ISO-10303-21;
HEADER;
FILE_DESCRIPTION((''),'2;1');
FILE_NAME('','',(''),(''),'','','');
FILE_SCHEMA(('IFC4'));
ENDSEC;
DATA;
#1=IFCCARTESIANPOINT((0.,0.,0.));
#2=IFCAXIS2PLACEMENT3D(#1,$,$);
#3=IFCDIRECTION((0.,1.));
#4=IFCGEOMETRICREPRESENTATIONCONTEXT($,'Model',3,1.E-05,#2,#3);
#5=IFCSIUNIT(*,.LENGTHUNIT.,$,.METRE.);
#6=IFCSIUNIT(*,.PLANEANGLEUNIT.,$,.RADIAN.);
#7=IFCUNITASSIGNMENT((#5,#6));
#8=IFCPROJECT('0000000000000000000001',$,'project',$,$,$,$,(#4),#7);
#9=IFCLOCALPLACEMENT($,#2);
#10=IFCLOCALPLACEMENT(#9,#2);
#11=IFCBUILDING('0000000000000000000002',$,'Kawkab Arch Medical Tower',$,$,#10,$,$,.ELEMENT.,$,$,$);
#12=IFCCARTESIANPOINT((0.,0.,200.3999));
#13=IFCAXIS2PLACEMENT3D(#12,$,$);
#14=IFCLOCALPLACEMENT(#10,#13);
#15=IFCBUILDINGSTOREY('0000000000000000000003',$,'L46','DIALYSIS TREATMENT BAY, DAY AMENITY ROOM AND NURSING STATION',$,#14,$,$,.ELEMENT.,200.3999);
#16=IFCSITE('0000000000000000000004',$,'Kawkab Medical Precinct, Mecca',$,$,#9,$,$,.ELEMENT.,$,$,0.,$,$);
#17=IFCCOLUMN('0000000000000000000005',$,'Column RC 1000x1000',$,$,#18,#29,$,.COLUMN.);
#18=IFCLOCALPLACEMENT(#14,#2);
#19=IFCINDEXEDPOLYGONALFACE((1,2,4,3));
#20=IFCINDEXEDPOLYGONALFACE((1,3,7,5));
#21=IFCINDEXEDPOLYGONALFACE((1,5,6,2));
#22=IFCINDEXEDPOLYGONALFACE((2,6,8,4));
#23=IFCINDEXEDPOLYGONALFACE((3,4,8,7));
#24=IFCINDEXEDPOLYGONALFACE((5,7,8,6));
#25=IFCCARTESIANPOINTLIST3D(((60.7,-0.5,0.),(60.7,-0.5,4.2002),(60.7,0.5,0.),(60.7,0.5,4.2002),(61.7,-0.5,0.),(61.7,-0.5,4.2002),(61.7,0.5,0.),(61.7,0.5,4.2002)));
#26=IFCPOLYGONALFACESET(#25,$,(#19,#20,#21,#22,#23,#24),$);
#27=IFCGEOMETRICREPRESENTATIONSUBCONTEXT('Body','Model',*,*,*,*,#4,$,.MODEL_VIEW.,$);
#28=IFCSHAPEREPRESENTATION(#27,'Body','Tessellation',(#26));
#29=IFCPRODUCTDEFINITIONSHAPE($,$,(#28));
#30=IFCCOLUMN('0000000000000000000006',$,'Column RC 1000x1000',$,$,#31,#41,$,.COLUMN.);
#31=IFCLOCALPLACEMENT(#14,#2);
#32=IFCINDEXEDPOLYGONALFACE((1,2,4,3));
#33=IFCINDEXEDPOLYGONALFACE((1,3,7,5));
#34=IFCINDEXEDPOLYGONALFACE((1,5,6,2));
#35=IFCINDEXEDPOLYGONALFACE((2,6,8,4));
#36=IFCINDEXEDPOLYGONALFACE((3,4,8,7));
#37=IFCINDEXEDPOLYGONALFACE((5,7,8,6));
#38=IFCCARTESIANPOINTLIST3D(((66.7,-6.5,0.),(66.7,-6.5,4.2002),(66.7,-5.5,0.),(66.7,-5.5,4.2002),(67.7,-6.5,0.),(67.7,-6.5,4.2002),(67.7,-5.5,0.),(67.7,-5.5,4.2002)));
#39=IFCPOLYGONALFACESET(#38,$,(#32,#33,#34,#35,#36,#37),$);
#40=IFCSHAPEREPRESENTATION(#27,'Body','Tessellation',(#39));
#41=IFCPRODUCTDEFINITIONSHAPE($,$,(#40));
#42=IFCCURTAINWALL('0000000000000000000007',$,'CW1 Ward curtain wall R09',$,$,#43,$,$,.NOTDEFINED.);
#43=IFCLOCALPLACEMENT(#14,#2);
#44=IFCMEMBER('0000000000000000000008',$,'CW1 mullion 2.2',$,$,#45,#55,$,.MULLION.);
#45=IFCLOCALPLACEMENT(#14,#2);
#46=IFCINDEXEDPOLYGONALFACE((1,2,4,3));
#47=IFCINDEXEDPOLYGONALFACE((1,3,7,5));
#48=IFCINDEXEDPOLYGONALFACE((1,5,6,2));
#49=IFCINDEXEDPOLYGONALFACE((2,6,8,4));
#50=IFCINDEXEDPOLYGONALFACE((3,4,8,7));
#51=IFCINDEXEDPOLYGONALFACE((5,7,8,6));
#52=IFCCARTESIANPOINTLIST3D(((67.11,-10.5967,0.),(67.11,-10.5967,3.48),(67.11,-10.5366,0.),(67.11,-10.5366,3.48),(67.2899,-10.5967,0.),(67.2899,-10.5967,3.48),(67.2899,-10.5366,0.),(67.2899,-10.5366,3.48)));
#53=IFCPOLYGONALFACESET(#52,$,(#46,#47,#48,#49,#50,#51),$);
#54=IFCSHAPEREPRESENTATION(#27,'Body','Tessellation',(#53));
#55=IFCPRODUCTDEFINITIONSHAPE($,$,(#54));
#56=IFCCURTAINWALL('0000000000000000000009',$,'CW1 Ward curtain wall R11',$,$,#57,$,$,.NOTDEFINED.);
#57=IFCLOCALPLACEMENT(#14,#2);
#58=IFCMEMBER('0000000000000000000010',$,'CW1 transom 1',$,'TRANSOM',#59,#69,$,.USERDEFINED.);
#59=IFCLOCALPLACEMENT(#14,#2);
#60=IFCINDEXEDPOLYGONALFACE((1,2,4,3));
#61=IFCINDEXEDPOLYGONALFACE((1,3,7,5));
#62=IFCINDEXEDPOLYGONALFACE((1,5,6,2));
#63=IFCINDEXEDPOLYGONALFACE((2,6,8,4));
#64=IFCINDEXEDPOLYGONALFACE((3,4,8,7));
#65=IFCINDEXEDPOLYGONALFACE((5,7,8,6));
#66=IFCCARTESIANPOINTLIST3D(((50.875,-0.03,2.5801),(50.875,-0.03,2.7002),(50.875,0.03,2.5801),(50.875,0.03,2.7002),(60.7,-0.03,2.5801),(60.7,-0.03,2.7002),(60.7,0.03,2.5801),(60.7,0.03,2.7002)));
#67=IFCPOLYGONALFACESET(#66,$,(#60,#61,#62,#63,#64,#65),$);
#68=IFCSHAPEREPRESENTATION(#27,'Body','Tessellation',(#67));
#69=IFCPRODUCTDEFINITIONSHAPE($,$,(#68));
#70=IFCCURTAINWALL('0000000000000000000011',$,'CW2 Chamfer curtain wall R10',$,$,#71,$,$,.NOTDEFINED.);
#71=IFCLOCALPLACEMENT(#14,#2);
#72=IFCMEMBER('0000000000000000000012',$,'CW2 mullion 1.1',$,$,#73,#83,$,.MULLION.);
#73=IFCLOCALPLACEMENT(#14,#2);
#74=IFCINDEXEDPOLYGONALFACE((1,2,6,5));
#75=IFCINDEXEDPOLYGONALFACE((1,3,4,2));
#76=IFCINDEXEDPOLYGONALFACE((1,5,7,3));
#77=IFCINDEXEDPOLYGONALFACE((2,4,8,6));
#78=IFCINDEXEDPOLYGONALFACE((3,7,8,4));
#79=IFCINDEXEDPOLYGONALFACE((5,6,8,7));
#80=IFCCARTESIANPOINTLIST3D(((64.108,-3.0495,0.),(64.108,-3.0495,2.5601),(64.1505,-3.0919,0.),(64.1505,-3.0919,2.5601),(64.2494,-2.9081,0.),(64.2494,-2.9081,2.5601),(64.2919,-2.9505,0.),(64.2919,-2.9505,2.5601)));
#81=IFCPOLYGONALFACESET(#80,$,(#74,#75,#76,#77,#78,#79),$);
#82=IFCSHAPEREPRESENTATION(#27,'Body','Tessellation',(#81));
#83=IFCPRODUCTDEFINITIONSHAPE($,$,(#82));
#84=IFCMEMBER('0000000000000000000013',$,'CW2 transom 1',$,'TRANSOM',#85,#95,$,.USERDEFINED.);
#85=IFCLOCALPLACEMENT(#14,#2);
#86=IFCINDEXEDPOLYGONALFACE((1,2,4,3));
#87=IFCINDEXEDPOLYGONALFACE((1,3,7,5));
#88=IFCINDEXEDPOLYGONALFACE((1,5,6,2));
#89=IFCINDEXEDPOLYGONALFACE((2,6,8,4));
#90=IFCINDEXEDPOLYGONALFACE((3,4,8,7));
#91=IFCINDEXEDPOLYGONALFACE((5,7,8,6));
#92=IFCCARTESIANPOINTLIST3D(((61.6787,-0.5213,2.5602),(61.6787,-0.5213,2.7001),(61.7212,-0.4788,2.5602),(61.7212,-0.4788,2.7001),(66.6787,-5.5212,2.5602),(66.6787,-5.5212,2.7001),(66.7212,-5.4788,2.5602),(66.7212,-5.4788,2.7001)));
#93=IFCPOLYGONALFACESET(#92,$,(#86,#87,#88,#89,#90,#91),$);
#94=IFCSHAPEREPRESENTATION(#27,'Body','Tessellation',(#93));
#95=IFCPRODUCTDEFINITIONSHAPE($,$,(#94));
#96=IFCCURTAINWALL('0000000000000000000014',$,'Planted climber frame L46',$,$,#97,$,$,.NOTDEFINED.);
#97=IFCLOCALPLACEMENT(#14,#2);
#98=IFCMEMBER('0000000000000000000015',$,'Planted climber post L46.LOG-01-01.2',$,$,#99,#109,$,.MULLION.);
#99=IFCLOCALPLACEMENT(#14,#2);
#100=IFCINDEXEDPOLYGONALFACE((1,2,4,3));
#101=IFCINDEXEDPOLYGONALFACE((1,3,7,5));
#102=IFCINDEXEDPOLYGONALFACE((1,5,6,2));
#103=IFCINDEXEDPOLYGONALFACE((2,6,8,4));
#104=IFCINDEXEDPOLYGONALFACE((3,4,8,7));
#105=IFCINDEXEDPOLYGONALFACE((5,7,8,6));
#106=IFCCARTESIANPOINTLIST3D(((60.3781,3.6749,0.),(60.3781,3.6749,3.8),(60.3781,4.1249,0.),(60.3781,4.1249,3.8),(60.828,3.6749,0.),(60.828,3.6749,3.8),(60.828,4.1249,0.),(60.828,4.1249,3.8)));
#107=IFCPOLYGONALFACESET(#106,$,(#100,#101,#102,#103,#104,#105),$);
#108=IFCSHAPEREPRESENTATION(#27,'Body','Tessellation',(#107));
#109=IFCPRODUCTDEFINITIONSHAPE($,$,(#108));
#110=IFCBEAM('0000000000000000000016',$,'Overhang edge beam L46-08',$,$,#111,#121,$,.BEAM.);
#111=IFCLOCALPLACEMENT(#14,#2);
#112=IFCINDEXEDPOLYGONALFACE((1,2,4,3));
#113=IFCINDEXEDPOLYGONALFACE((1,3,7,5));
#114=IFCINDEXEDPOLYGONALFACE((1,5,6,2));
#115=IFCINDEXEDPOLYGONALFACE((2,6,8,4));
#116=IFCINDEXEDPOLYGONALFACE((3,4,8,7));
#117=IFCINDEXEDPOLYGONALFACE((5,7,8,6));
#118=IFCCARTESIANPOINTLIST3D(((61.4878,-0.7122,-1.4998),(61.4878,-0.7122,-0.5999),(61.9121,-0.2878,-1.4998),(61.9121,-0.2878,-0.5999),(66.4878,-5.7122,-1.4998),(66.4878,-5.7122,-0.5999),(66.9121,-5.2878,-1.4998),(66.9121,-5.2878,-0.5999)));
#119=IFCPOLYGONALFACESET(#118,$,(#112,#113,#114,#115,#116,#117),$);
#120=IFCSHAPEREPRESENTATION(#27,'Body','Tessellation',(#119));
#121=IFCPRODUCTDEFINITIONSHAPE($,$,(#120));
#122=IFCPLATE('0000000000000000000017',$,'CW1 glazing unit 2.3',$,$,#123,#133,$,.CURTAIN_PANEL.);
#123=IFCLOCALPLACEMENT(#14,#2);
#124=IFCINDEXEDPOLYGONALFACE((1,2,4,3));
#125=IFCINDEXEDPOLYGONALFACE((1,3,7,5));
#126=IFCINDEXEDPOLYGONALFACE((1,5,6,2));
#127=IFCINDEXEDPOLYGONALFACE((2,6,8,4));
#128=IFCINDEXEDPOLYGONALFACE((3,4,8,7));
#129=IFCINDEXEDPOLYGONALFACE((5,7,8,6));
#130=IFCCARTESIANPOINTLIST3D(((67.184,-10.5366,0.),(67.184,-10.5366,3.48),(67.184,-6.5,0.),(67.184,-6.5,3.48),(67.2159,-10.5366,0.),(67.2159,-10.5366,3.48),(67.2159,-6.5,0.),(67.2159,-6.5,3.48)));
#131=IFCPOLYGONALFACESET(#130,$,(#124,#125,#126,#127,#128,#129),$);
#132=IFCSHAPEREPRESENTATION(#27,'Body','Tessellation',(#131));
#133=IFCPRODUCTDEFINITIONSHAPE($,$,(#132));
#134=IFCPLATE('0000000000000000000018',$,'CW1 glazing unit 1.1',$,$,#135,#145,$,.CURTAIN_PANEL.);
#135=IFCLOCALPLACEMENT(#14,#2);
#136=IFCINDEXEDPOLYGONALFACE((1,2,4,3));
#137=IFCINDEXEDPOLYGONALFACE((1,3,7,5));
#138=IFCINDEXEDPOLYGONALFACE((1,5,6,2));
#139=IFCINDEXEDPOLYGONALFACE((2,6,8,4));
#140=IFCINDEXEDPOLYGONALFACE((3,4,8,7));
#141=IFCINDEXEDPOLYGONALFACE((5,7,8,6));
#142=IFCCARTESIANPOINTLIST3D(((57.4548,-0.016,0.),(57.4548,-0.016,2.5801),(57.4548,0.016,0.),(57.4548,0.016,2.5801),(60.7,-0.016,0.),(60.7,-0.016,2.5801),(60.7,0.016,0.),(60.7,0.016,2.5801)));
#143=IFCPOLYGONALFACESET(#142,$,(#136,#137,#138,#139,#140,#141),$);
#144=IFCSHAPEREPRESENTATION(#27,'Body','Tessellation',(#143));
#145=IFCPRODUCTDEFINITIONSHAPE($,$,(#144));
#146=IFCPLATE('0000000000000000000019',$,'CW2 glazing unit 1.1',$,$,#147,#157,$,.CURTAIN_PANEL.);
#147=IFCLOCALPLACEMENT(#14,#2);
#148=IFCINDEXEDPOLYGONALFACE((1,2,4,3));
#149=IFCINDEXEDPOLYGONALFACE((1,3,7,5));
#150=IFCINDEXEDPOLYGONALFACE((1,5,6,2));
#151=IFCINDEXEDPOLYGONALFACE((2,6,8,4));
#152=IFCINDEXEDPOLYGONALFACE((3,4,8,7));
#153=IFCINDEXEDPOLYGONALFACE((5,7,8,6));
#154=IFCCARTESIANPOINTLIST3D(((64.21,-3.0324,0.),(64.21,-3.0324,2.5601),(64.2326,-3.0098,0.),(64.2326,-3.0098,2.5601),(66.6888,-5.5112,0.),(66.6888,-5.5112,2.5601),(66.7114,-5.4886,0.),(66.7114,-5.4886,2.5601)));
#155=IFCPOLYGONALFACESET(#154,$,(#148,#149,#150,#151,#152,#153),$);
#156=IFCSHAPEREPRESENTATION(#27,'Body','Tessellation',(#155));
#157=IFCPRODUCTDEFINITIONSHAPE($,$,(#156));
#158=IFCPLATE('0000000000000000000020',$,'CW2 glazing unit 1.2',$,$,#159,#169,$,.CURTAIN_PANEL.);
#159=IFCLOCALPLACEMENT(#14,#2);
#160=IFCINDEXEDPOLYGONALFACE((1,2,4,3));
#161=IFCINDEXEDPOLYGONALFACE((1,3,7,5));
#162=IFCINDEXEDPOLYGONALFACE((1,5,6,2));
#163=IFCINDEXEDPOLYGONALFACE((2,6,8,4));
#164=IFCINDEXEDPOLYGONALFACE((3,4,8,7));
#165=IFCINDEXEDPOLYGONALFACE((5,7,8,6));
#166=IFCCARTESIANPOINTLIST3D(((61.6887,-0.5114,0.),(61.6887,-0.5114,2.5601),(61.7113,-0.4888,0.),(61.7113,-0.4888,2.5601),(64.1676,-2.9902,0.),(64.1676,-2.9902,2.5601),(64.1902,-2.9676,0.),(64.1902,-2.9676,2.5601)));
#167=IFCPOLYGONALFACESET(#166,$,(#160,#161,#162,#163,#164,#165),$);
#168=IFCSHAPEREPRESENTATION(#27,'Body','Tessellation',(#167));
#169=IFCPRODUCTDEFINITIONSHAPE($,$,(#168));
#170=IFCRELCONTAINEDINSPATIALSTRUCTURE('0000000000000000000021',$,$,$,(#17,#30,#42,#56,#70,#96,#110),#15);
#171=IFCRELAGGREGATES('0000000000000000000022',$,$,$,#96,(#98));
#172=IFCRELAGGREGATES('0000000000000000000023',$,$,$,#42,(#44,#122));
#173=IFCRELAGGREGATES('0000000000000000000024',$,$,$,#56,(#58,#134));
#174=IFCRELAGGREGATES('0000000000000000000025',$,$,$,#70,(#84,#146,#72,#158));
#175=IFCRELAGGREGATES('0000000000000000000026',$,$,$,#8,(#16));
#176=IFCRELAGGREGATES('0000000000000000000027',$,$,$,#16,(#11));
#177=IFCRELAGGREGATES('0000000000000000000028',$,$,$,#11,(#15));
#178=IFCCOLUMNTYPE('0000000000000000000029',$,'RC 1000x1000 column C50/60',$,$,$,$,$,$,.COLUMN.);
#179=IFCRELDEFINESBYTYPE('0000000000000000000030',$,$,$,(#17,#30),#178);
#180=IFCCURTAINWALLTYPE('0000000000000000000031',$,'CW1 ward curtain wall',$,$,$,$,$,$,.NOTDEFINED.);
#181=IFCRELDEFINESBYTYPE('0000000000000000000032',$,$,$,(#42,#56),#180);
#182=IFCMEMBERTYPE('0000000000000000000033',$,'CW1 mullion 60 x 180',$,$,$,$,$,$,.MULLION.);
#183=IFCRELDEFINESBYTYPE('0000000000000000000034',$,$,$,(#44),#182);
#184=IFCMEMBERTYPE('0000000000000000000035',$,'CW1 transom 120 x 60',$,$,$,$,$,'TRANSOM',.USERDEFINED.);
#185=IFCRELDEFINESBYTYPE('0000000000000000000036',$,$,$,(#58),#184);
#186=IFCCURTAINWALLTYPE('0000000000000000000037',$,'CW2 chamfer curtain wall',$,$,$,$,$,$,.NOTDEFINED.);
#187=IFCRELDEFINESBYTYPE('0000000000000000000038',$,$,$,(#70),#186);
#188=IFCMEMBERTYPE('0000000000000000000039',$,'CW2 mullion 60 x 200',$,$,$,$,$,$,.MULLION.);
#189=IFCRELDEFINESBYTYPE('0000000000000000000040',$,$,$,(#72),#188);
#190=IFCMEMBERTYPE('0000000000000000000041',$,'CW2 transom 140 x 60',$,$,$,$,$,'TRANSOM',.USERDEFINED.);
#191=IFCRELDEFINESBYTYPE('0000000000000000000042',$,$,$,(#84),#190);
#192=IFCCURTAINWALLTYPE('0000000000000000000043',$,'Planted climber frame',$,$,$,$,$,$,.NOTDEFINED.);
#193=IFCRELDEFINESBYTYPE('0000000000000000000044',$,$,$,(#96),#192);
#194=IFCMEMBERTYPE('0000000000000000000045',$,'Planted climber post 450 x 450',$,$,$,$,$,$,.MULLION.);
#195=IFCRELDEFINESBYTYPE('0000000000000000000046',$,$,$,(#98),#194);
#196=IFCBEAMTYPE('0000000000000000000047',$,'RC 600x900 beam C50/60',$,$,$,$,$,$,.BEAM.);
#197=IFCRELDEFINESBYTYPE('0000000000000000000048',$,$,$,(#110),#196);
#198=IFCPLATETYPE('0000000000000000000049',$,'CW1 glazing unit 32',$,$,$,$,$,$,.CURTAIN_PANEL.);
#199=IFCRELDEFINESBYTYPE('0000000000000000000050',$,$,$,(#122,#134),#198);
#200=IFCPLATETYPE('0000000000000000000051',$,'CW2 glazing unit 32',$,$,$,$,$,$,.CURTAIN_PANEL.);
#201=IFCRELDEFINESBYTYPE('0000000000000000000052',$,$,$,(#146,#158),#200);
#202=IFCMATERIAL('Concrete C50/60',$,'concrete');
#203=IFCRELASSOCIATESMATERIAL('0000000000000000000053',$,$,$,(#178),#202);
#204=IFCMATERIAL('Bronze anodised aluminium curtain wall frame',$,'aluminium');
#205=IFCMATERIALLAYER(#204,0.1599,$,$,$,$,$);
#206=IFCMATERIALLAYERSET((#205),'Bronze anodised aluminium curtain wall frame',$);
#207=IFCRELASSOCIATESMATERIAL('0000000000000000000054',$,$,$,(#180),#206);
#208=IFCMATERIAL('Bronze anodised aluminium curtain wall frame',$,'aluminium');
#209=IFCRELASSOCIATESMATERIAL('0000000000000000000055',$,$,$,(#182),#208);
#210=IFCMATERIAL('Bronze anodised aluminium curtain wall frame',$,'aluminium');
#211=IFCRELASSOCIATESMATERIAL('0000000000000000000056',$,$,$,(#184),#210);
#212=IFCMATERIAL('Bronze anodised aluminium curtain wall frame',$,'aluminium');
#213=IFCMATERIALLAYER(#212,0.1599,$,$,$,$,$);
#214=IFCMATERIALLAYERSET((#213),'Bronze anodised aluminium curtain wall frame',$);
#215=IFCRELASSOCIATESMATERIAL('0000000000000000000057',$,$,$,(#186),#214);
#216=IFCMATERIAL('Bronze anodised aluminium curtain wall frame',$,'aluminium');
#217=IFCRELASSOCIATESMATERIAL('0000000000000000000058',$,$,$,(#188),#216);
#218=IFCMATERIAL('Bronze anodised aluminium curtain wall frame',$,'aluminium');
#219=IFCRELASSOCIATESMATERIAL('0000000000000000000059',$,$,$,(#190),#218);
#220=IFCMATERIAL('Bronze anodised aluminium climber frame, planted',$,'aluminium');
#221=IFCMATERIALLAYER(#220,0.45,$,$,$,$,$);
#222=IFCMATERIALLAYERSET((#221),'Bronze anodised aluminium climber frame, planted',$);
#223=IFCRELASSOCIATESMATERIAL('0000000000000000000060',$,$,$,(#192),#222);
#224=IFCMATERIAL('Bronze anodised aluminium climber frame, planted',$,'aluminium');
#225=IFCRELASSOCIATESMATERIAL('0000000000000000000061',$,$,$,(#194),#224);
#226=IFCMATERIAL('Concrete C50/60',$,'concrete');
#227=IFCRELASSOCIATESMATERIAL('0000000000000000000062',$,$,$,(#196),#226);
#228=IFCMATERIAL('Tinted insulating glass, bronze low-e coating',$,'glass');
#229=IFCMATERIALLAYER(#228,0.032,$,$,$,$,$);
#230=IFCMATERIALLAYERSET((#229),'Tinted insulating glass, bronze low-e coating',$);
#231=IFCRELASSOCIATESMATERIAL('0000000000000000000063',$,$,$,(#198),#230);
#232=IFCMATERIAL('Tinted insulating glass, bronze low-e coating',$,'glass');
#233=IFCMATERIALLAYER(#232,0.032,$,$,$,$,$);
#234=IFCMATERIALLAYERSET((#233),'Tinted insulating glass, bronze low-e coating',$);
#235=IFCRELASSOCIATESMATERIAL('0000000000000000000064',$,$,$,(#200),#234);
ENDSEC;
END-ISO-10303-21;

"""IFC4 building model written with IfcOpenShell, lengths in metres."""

from ifc_helpers import new_model, si_unit, direction, frame, origin, origin_2d, place, context, subcontext, project, spatial, rectangle, extrude, material, layer, layer_set, material_profile, profile_set, type_object, element, aggregate, save


model = new_model("IFC4")

# Units and contexts
model_context = context("Model", 3, precision=1e-05, world=origin(), true_north=direction((0.0, 1.0)))
body_context = subcontext(model_context, "Body", "Model", "MODEL_VIEW")
ifc_project = project(units=[si_unit("LENGTHUNIT", "METRE"), si_unit("PLANEANGLEUNIT", "RADIAN")], contexts=[model_context])

# Site, building, storey
site_placement = place(None, origin())
site = spatial("IfcSite", under=ifc_project, at=site_placement, Name="Kawkab Medical Precinct, Mecca", CompositionType="ELEMENT", RefElevation=0.0)
building_placement = place(site_placement, origin())
building = spatial("IfcBuilding", under=site, at=building_placement, Name="Kawkab Arch Medical Tower", CompositionType="ELEMENT")
storey_placement = place(building_placement, frame((0.0, 0.0, 200.3999)))
storey = spatial("IfcBuildingStorey", under=building, at=storey_placement, Name="L46", Description="DIALYSIS TREATMENT BAY, DAY AMENITY ROOM AND NURSING STATION", CompositionType="ELEMENT", Elevation=200.3999)

# Columns
ifc_material_1 = material(Name="Concrete C50/60", Category="concrete")
ifc_material_profile_1 = material_profile(ifc_material_1, rectangle(XDim=1.0, YDim=1.0, at=origin_2d()), Name="RC 1000x1000")
ifc_profile_set_1 = profile_set([ifc_material_profile_1], Name="Concrete C50/60")
column_type = type_object("IfcColumnType", Name="RC 1000x1000 column C50/60", PredefinedType="COLUMN", material=ifc_profile_set_1)
for number, where, z_axis, x_axis, name in (
    (1, (61.2, 0.0, 0.0), (0.0, 0.0, 1.0), (1.0, 0.0, 0.0), "Column RC 1000x1000"),
    (2, (67.2, -6.0, 0.0), (0.0, 0.0, 1.0), (1.0, 0.0, 0.0), "Column RC 1000x1000"),
):
    element("IfcColumn", number, at=place(storey_placement, frame(where, z_axis=z_axis, x_axis=x_axis)), inside=storey, type_object=column_type, Name=name, PredefinedType="COLUMN", context=body_context, shape_type="SweptSolid", body=[
        extrude(rectangle(XDim=1.0, YDim=1.0, at=origin_2d()), origin(), (0.0, 0.0, 1.0), 4.2002),
    ])

# Curtain walls, members
ifc_material_2 = material(Name="Bronze anodised aluminium curtain wall frame", Category="aluminium")
ifc_layer_1 = layer(ifc_material_2, 0.1599)
ifc_layer_set_1 = layer_set([ifc_layer_1], Name="Bronze anodised aluminium curtain wall frame")
curtain_wall_type_1 = type_object("IfcCurtainWallType", Name="CW1 ward curtain wall", PredefinedType="NOTDEFINED", material=ifc_layer_set_1)
placement = place(storey_placement, origin())
curtain_wall_1 = element("IfcCurtainWall", 3, at=placement, inside=storey, type_object=curtain_wall_type_1, Name="CW1 Ward curtain wall R09", PredefinedType="NOTDEFINED")
ifc_material_3 = material(Name="Bronze anodised aluminium curtain wall frame", Category="aluminium")
ifc_material_profile_2 = material_profile(ifc_material_3, rectangle(XDim=0.1799, YDim=0.0601, at=origin_2d()), Name="AL 60x180")
ifc_profile_set_2 = profile_set([ifc_material_profile_2], Name="Bronze anodised aluminium curtain wall frame")
member_type_1 = type_object("IfcMemberType", Name="CW1 mullion 60 x 180", PredefinedType="MULLION", material=ifc_profile_set_2)
member_1_placement = place(storey_placement, frame((67.2, -10.5667, 0.0), z_axis=(0.0, 0.0, 1.0), x_axis=(-1.0, 0.0, 0.0)))
member_1 = element("IfcMember", 4, at=member_1_placement, type_object=member_type_1, Name="CW1 mullion 2.2", PredefinedType="MULLION", context=body_context, shape_type="SweptSolid", body=[
    extrude(rectangle(XDim=0.1799, YDim=0.0601, at=origin_2d()), origin(), (0.0, 0.0, 1.0), 3.48),
])
curtain_wall_2 = element("IfcCurtainWall", 5, at=placement, inside=storey, type_object=curtain_wall_type_1, Name="CW1 Ward curtain wall R11", PredefinedType="NOTDEFINED")
ifc_material_4 = material(Name="Bronze anodised aluminium curtain wall frame", Category="aluminium")
ifc_material_profile_3 = material_profile(ifc_material_4, rectangle(XDim=0.0601, YDim=0.1201, at=origin_2d()), Name="AL 60x120")
ifc_profile_set_3 = profile_set([ifc_material_profile_3], Name="Bronze anodised aluminium curtain wall frame")
member_type_2 = type_object("IfcMemberType", Name="CW1 transom 120 x 60", ElementType="TRANSOM", PredefinedType="USERDEFINED", material=ifc_profile_set_3)
member_2_placement = place(storey_placement, frame((60.7, 0.0, 2.6401), z_axis=(-1.0, 0.0, 0.0), x_axis=(0.0, -1.0, 0.0)))
member_2 = element("IfcMember", 6, at=member_2_placement, type_object=member_type_2, Name="CW1 transom 1", ObjectType="TRANSOM", PredefinedType="USERDEFINED", context=body_context, shape_type="SweptSolid", body=[
    extrude(rectangle(XDim=0.0601, YDim=0.1201, at=origin_2d()), origin(), (0.0, 0.0, 1.0), 9.825),
])

# Curtain wall, members
ifc_material_5 = material(Name="Bronze anodised aluminium curtain wall frame", Category="aluminium")
ifc_layer_2 = layer(ifc_material_5, 0.1599)
ifc_layer_set_2 = layer_set([ifc_layer_2], Name="Bronze anodised aluminium curtain wall frame")
curtain_wall_type_2 = type_object("IfcCurtainWallType", Name="CW2 chamfer curtain wall", PredefinedType="NOTDEFINED", material=ifc_layer_set_2)
curtain_wall_3 = element("IfcCurtainWall", 7, at=placement, inside=storey, type_object=curtain_wall_type_2, Name="CW2 Chamfer curtain wall R10", PredefinedType="NOTDEFINED")
ifc_material_6 = material(Name="Bronze anodised aluminium curtain wall frame", Category="aluminium")
ifc_material_profile_4 = material_profile(ifc_material_6, rectangle(XDim=0.2, YDim=0.0601, at=origin_2d()), Name="AL 60x200")
ifc_profile_set_4 = profile_set([ifc_material_profile_4], Name="Bronze anodised aluminium curtain wall frame")
member_type_3 = type_object("IfcMemberType", Name="CW2 mullion 60 x 200", PredefinedType="MULLION", material=ifc_profile_set_4)
member_3_placement = place(storey_placement, frame((64.2, -3.0, 0.0), z_axis=(0.0, 0.0, 1.0), x_axis=(-0.707107, -0.707107, 0.0)))
member_3 = element("IfcMember", 8, at=member_3_placement, type_object=member_type_3, Name="CW2 mullion 1.1", PredefinedType="MULLION", context=body_context, shape_type="SweptSolid", body=[
    extrude(rectangle(XDim=0.2, YDim=0.0601, at=origin_2d()), origin(), (0.0, 0.0, 1.0), 2.5601),
])
ifc_material_7 = material(Name="Bronze anodised aluminium curtain wall frame", Category="aluminium")
ifc_material_profile_5 = material_profile(ifc_material_7, rectangle(XDim=0.0601, YDim=0.1399, at=origin_2d()), Name="AL 60x140")
ifc_profile_set_5 = profile_set([ifc_material_profile_5], Name="Bronze anodised aluminium curtain wall frame")
member_type_4 = type_object("IfcMemberType", Name="CW2 transom 140 x 60", ElementType="TRANSOM", PredefinedType="USERDEFINED", material=ifc_profile_set_5)
member_4_placement = place(storey_placement, frame((66.7, -5.5, 2.6301), z_axis=(-0.707107, 0.707107, 0.0), x_axis=(-0.707107, -0.707107, 0.0)))
member_4 = element("IfcMember", 9, at=member_4_placement, type_object=member_type_4, Name="CW2 transom 1", ObjectType="TRANSOM", PredefinedType="USERDEFINED", context=body_context, shape_type="SweptSolid", body=[
    extrude(rectangle(XDim=0.0601, YDim=0.1399, at=origin_2d()), origin(), (0.0, 0.0, 1.0), 7.071),
])

# Curtain wall, member
ifc_material_8 = material(Name="Bronze anodised aluminium climber frame, planted", Category="aluminium")
ifc_layer_3 = layer(ifc_material_8, 0.45)
ifc_layer_set_3 = layer_set([ifc_layer_3], Name="Bronze anodised aluminium climber frame, planted")
curtain_wall_type_3 = type_object("IfcCurtainWallType", Name="Planted climber frame", PredefinedType="NOTDEFINED", material=ifc_layer_set_3)
curtain_wall_4 = element("IfcCurtainWall", 10, at=placement, inside=storey, type_object=curtain_wall_type_3, Name="Planted climber frame L46", PredefinedType="NOTDEFINED")
ifc_material_9 = material(Name="Bronze anodised aluminium climber frame, planted", Category="aluminium")
ifc_material_profile_6 = material_profile(ifc_material_9, rectangle(XDim=0.45, YDim=0.45, at=origin_2d()), Name="Post 450x450")
ifc_profile_set_6 = profile_set([ifc_material_profile_6], Name="Bronze anodised aluminium climber frame, planted")
member_type_5 = type_object("IfcMemberType", Name="Planted climber post 450 x 450", PredefinedType="MULLION", material=ifc_profile_set_6)
member_5_placement = place(storey_placement, frame((60.603, 3.8999, 0.0), z_axis=(0.0, 0.0, 1.0), x_axis=(1.0, 0.0, 0.0)))
member_5 = element("IfcMember", 11, at=member_5_placement, type_object=member_type_5, Name="Planted climber post L46.LOG-01-01.2", PredefinedType="MULLION", context=body_context, shape_type="SweptSolid", body=[
    extrude(rectangle(XDim=0.45, YDim=0.45, at=origin_2d()), origin(), (0.0, 0.0, 1.0), 3.8),
])
aggregate(curtain_wall_4, [member_5])

# Beam
ifc_material_10 = material(Name="Concrete C50/60", Category="concrete")
ifc_material_profile_7 = material_profile(ifc_material_10, rectangle(XDim=0.6001, YDim=0.8999, at=origin_2d()), Name="RC 600x900")
ifc_profile_set_7 = profile_set([ifc_material_profile_7], Name="Concrete C50/60")
beam_type = type_object("IfcBeamType", Name="RC 600x900 beam C50/60", PredefinedType="BEAM", material=ifc_profile_set_7)
beam_placement = place(storey_placement, frame((61.7, -0.5, -1.0498), z_axis=(0.707107, -0.707107, 0.0), x_axis=(0.707107, 0.707107, 0.0)))
element("IfcBeam", 12, at=beam_placement, inside=storey, type_object=beam_type, Name="Overhang edge beam L46-08", PredefinedType="BEAM", context=body_context, shape_type="SweptSolid", body=[
    extrude(rectangle(XDim=0.6001, YDim=0.8999, at=origin_2d()), origin(), (0.0, 0.0, 1.0), 7.071),
])

# Plates
ifc_material_11 = material(Name="Tinted insulating glass, bronze low-e coating", Category="glass")
ifc_layer_4 = layer(ifc_material_11, 0.032)
ifc_layer_set_4 = layer_set([ifc_layer_4], Name="Tinted insulating glass, bronze low-e coating")
plate_type_1 = type_object("IfcPlateType", Name="CW1 glazing unit 32", PredefinedType="CURTAIN_PANEL", material=ifc_layer_set_4)
plate_1_placement = place(storey_placement, frame((67.2, -8.5183, 0.0), z_axis=(0.0, 0.0, 1.0), x_axis=(0.0, 1.0, 0.0)))
plate_1 = element("IfcPlate", 13, at=plate_1_placement, type_object=plate_type_1, Name="CW1 glazing unit 2.3", PredefinedType="CURTAIN_PANEL", context=body_context, shape_type="SweptSolid", body=[
    extrude(rectangle(XDim=4.0366, YDim=0.032, at=origin_2d()), origin(), (0.0, 0.0, 1.0), 3.48),
])
aggregate(curtain_wall_1, [member_1, plate_1])
plate_2_placement = place(storey_placement, frame((59.0774, 0.0, 0.0), z_axis=(0.0, 0.0, 1.0), x_axis=(-1.0, 0.0, 0.0)))
plate_2 = element("IfcPlate", 14, at=plate_2_placement, type_object=plate_type_1, Name="CW1 glazing unit 1.1", PredefinedType="CURTAIN_PANEL", context=body_context, shape_type="SweptSolid", body=[
    extrude(rectangle(XDim=3.2451, YDim=0.032, at=origin_2d()), origin(), (0.0, 0.0, 1.0), 2.5801),
])
aggregate(curtain_wall_2, [member_2, plate_2])
ifc_material_12 = material(Name="Tinted insulating glass, bronze low-e coating", Category="glass")
ifc_layer_5 = layer(ifc_material_12, 0.032)
ifc_layer_set_5 = layer_set([ifc_layer_5], Name="Tinted insulating glass, bronze low-e coating")
plate_type_2 = type_object("IfcPlateType", Name="CW2 glazing unit 32", PredefinedType="CURTAIN_PANEL", material=ifc_layer_set_5)
plate_3_placement = place(storey_placement, frame((65.4607, -4.2605, 0.0), z_axis=(0.0, 0.0, 1.0), x_axis=(-0.707107, 0.707107, 0.0)))
plate_3 = element("IfcPlate", 15, at=plate_3_placement, type_object=plate_type_2, Name="CW2 glazing unit 1.1", PredefinedType="CURTAIN_PANEL", context=body_context, shape_type="SweptSolid", body=[
    extrude(rectangle(XDim=3.5056, YDim=0.032, at=origin_2d()), origin(), (0.0, 0.0, 1.0), 2.5601),
])
plate_4_placement = place(storey_placement, frame((62.9395, -1.7395, 0.0), z_axis=(0.0, 0.0, 1.0), x_axis=(-0.707107, 0.707107, 0.0)))
plate_4 = element("IfcPlate", 16, at=plate_4_placement, type_object=plate_type_2, Name="CW2 glazing unit 1.2", PredefinedType="CURTAIN_PANEL", context=body_context, shape_type="SweptSolid", body=[
    extrude(rectangle(XDim=3.5056, YDim=0.032, at=origin_2d()), origin(), (0.0, 0.0, 1.0), 2.5601),
])
aggregate(curtain_wall_3, [member_4, plate_3, member_3, plate_4])

save(model, "model.ifc")
